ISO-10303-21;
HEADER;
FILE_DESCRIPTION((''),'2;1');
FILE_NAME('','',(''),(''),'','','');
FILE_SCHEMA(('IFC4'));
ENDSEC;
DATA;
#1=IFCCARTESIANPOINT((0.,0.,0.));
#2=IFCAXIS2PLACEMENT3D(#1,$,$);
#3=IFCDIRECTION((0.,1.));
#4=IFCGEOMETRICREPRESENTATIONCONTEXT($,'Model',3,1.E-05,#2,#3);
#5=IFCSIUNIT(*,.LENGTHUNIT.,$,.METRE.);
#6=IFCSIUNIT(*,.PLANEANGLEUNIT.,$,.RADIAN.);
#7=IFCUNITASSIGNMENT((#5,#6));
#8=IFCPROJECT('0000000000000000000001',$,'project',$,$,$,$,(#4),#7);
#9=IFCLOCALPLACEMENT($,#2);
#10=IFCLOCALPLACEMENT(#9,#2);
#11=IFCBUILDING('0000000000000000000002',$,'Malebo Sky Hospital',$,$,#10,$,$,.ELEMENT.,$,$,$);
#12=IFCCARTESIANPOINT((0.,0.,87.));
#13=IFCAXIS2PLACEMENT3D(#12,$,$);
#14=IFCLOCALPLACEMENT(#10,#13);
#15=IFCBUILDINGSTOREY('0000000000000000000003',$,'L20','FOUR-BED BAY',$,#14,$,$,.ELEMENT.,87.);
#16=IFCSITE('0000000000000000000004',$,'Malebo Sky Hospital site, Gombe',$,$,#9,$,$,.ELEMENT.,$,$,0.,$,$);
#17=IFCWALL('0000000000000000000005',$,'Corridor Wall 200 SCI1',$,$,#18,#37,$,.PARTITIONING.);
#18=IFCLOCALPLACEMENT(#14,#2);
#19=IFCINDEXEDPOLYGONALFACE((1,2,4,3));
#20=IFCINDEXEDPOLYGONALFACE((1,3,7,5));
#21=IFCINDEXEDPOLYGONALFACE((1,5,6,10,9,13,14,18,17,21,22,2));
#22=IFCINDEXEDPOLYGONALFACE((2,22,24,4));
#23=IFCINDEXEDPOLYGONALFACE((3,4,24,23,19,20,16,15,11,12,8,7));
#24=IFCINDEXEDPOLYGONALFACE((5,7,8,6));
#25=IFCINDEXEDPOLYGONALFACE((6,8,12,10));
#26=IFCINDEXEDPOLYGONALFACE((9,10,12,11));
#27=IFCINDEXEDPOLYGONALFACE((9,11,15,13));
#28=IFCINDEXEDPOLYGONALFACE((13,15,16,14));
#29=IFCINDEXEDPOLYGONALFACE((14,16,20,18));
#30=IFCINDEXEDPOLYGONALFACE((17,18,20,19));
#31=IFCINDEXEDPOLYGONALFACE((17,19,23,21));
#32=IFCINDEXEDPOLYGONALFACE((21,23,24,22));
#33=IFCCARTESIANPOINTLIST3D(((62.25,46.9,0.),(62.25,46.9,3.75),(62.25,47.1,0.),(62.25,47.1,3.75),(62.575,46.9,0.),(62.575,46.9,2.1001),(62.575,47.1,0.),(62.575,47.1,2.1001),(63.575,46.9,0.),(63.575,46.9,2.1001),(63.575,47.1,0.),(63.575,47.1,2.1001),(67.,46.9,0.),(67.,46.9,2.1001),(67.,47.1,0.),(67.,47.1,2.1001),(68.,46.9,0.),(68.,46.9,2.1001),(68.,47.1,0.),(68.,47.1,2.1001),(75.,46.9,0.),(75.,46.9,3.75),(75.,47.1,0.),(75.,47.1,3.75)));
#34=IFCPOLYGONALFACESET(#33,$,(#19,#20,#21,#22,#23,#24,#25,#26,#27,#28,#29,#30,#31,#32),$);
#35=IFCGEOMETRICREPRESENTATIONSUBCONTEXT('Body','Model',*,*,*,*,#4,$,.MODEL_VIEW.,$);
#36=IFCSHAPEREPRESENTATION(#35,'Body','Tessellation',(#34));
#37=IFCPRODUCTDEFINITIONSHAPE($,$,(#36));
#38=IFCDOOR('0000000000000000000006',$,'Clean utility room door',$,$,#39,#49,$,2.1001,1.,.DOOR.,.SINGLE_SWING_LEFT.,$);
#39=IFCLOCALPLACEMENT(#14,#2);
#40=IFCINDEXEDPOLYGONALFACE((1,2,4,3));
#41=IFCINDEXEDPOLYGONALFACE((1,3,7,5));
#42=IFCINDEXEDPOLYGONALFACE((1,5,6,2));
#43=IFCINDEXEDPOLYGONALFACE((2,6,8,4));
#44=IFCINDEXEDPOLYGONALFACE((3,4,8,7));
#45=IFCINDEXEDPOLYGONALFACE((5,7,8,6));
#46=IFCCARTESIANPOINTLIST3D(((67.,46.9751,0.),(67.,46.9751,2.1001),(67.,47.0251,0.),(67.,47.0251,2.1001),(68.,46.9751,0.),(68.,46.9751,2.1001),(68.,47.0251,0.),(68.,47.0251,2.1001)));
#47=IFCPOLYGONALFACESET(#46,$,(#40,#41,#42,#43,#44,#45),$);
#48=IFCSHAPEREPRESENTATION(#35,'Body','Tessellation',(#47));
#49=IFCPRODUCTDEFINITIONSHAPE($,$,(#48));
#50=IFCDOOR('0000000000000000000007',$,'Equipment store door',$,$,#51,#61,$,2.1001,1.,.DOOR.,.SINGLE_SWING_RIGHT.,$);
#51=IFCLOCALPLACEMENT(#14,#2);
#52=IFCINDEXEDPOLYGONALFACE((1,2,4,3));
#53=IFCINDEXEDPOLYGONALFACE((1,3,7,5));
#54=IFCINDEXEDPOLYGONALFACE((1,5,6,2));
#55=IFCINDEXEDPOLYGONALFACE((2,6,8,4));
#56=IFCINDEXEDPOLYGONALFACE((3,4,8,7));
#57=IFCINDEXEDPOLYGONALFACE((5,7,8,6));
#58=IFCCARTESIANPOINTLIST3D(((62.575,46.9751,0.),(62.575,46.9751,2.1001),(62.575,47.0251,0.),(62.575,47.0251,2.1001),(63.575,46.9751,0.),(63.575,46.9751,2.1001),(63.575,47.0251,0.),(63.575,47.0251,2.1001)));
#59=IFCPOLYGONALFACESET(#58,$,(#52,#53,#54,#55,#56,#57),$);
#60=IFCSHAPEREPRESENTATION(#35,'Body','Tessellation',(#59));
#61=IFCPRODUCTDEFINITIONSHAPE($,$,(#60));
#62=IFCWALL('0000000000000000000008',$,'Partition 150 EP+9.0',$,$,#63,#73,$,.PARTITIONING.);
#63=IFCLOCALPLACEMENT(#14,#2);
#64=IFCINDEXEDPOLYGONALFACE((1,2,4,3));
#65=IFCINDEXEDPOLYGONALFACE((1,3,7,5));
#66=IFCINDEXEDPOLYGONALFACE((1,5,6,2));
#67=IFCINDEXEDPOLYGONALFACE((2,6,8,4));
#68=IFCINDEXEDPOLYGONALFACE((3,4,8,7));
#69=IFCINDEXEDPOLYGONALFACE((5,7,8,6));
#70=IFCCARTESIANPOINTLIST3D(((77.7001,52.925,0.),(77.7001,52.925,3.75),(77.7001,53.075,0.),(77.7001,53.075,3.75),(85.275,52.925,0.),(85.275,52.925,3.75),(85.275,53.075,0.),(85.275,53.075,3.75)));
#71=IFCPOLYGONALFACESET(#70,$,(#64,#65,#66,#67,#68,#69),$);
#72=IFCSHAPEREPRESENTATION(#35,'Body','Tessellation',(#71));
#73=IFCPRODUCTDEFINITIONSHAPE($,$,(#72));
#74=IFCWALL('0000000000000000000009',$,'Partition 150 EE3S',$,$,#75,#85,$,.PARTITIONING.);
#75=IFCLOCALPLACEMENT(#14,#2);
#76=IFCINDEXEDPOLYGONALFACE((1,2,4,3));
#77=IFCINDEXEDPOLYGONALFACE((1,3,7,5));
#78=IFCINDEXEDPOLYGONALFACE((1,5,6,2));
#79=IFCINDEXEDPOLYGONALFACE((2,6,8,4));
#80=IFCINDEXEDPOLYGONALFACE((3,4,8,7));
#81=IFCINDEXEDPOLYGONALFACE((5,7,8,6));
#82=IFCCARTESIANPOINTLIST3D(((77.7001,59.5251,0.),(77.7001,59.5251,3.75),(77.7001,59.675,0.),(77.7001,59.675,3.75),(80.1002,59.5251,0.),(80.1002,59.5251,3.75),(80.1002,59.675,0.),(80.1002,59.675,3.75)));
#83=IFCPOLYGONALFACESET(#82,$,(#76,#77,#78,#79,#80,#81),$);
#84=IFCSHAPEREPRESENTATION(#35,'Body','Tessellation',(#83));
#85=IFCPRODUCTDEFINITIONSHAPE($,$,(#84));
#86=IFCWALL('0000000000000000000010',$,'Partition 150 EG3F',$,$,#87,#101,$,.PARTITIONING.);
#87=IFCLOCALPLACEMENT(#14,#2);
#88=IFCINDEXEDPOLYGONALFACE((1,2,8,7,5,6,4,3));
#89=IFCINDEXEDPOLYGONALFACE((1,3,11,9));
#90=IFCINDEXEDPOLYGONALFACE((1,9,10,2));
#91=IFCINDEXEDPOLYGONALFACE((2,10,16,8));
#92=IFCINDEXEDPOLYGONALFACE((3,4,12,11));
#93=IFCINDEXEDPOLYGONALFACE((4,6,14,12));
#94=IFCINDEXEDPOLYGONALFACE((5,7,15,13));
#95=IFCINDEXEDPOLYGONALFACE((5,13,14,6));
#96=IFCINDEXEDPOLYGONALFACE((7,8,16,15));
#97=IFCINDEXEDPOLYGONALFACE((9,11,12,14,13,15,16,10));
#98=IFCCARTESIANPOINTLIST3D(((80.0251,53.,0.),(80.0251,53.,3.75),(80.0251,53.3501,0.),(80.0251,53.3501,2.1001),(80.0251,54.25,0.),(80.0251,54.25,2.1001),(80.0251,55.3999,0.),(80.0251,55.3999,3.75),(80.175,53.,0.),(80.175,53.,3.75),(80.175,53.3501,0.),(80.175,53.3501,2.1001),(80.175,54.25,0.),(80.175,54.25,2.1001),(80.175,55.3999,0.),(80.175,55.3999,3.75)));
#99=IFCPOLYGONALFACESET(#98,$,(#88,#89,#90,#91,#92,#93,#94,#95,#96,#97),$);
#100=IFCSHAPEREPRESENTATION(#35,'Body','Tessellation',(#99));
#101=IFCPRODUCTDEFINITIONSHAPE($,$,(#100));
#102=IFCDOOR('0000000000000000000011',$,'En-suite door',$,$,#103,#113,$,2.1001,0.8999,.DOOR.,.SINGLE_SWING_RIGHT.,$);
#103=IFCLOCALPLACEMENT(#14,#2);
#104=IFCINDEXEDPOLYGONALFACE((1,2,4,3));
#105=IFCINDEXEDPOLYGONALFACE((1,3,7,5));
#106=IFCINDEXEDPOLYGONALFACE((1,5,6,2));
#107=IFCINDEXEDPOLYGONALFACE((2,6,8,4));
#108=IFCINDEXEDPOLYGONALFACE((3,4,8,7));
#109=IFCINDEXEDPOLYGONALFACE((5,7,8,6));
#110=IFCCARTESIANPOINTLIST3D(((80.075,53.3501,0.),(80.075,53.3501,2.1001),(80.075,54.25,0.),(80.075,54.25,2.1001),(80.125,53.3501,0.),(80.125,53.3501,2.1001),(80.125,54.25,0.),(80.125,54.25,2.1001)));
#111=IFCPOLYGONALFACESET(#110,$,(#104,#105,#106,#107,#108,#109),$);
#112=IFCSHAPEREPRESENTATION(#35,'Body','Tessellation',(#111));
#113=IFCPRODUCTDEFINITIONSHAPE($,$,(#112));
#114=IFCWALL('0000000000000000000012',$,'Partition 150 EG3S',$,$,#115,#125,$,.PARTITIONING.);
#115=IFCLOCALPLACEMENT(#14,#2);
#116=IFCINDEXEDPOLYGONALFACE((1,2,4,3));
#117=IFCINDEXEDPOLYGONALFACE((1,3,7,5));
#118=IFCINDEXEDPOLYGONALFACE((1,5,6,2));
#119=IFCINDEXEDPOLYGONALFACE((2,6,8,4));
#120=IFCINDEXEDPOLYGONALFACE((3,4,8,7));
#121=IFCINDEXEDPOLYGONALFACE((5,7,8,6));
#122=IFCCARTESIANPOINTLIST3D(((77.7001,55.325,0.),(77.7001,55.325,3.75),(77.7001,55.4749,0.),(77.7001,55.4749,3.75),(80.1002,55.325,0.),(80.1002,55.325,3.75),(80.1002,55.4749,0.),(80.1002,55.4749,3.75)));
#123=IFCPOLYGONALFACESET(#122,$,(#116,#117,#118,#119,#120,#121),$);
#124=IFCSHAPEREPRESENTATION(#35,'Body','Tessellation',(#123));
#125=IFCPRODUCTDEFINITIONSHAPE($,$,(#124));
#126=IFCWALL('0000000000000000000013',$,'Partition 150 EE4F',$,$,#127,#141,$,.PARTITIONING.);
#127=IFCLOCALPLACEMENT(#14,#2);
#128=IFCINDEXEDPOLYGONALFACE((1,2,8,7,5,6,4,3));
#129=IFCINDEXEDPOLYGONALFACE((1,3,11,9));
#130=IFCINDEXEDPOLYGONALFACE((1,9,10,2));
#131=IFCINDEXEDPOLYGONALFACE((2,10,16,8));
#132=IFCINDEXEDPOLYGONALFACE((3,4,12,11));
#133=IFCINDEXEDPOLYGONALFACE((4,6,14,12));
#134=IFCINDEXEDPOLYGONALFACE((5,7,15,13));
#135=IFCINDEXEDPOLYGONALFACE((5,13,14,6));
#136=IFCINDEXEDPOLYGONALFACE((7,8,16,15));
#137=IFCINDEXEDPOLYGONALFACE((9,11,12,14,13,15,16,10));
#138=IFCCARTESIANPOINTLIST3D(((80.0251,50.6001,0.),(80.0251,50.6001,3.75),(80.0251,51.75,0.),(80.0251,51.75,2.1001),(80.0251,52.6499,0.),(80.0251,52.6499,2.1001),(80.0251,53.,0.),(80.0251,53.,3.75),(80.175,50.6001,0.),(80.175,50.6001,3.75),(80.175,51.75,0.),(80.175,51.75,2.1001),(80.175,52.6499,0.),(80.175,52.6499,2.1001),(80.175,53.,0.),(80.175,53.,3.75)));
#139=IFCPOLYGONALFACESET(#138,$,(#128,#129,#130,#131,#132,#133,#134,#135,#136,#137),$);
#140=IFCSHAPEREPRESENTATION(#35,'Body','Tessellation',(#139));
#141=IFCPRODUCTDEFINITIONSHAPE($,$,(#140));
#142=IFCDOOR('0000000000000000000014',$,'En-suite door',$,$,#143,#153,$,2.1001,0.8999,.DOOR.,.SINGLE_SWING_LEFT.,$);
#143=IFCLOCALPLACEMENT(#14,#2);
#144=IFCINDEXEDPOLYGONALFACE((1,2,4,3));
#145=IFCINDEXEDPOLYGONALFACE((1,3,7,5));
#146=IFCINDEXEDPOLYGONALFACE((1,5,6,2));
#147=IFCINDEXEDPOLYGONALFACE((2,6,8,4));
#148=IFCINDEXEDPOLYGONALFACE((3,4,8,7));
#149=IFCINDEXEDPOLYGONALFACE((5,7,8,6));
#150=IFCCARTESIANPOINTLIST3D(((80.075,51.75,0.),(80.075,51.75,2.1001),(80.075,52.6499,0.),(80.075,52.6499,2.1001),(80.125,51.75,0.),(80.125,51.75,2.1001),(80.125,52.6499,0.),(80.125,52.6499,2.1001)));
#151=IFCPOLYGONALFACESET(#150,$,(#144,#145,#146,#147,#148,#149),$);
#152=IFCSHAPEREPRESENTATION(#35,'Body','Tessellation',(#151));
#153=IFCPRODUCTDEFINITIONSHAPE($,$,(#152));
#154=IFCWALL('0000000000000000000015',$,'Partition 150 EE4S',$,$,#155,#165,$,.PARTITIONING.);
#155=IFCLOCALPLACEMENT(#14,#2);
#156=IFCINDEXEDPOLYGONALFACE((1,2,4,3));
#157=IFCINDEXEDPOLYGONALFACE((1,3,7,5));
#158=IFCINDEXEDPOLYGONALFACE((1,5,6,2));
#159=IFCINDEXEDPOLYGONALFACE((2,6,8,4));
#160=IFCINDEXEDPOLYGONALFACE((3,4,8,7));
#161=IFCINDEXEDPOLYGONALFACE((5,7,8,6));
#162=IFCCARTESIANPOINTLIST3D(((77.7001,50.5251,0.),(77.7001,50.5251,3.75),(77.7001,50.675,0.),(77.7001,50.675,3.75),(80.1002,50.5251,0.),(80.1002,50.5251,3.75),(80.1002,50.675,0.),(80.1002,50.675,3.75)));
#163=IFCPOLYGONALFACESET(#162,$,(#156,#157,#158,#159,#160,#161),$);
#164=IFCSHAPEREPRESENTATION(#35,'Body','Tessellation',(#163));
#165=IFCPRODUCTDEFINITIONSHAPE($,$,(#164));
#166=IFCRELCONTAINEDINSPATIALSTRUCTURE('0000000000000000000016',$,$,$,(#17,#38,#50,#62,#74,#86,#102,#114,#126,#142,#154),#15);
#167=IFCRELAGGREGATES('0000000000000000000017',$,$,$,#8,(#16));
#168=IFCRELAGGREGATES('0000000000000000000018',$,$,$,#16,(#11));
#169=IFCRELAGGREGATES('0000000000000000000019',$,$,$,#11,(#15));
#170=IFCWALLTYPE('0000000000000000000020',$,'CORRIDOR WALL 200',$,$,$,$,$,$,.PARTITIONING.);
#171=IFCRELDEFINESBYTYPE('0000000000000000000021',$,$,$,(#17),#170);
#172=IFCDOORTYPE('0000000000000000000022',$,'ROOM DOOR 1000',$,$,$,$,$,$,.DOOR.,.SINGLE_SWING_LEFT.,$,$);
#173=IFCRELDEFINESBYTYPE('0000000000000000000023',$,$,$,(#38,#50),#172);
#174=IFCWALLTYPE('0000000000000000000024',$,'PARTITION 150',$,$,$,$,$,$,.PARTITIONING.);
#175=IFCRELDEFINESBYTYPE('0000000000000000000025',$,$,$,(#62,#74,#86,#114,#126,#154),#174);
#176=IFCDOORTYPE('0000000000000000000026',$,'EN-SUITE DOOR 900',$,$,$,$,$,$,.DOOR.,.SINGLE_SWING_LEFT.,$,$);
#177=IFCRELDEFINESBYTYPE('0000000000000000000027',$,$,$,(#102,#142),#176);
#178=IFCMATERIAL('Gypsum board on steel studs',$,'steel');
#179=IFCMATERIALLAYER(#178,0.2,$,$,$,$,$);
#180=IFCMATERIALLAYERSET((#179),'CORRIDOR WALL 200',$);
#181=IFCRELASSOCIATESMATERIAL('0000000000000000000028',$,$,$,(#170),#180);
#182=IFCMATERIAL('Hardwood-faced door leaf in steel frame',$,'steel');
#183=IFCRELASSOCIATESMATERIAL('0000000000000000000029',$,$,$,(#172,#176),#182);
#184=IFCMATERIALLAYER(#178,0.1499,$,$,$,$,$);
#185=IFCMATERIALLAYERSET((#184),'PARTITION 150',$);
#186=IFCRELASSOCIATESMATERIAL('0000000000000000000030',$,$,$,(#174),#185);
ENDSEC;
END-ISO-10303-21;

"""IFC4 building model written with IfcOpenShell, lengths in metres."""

from ifc_helpers import new_model, si_unit, direction, frame, frame_2d, origin, place, context, subcontext, project, spatial, rectangle, extrude, material, layer, layer_set, type_object, element, fill, save


model = new_model("IFC4")

# Units and contexts
model_context = context("Model", 3, precision=1e-05, world=origin(), true_north=direction((0.0, 1.0)))
body_context = subcontext(model_context, "Body", "Model", "MODEL_VIEW")
ifc_project = project(units=[si_unit("LENGTHUNIT", "METRE"), si_unit("PLANEANGLEUNIT", "RADIAN")], contexts=[model_context])

# Site, building, storey
site_placement = place(None, origin())
site = spatial("IfcSite", under=ifc_project, at=site_placement, Name="Malebo Sky Hospital site, Gombe", CompositionType="ELEMENT", RefElevation=0.0)
building_placement = place(site_placement, origin())
building = spatial("IfcBuilding", under=site, at=building_placement, Name="Malebo Sky Hospital", CompositionType="ELEMENT")
storey_placement = place(building_placement, frame((0.0, 0.0, 87.0)))
storey = spatial("IfcBuildingStorey", under=building, at=storey_placement, Name="L20", Description="FOUR-BED BAY", CompositionType="ELEMENT", Elevation=87.0)

# Wall, openings, doors
ifc_material_1 = material(Name="Gypsum board on steel studs", Category="steel")
ifc_layer_1 = layer(ifc_material_1, 0.2)
ifc_layer_set_1 = layer_set([ifc_layer_1], Name="CORRIDOR WALL 200")
wall_type_1 = type_object("IfcWallType", Name="CORRIDOR WALL 200", PredefinedType="PARTITIONING", material=ifc_layer_set_1)
wall_1_placement = place(storey_placement, frame((75.0, 47.0, 0.0), z_axis=(0.0, 0.0, 1.0), x_axis=(-1.0, 0.0, 0.0)))
wall_1 = element("IfcWall", 1, at=wall_1_placement, inside=storey, type_object=wall_type_1, Name="Corridor Wall 200 SCI1", PredefinedType="PARTITIONING", context=body_context, shape_type="SweptSolid", body=[
    extrude(rectangle(XDim=12.75, YDim=0.2, at=frame_2d((6.375, 0.0))), origin(), (0.0, 0.0, 1.0), 3.75),
])
opening_1_placement = place(wall_1_placement, frame((7.0, 0.0, 0.0)))
opening_1 = element("IfcOpeningElement", 2, at=opening_1_placement, cuts=wall_1, PredefinedType="OPENING", context=body_context, shape_type="SweptSolid", body=[
    extrude(rectangle(XDim=1.0, YDim=2.1001, at=frame_2d((0.5, 1.05))), frame((0.0, 0.1099, 0.0), z_axis=(0.0, -1.0, 0.0), x_axis=(1.0, 0.0, 0.0)), (0.0, 0.0, 1.0), 0.22),
])
opening_2_placement = place(wall_1_placement, frame((11.425, 0.0, 0.0)))
opening_2 = element("IfcOpeningElement", 3, at=opening_2_placement, cuts=wall_1, PredefinedType="OPENING", context=body_context, shape_type="SweptSolid", body=[
    extrude(rectangle(XDim=1.0, YDim=2.1001, at=frame_2d((0.5, 1.05))), frame((0.0, 0.1099, 0.0), z_axis=(0.0, -1.0, 0.0), x_axis=(1.0, 0.0, 0.0)), (0.0, 0.0, 1.0), 0.22),
])
ifc_material_2 = material(Name="Hardwood-faced door leaf in steel frame", Category="steel")
door_type_1 = type_object("IfcDoorType", Name="ROOM DOOR 1000", OperationType="SINGLE_SWING_LEFT", PredefinedType="DOOR", material=ifc_material_2)
door_1_placement = place(opening_1_placement, origin())
door_1 = element("IfcDoor", 4, at=door_1_placement, inside=storey, type_object=door_type_1, Name="Clean utility room door", OperationType="SINGLE_SWING_LEFT", OverallHeight=2.1001, OverallWidth=1.0, PredefinedType="DOOR", context=body_context, shape_type="SweptSolid", body=[
    extrude(rectangle(XDim=1.0, YDim=2.1001, at=frame_2d((0.5, 1.05))), frame((0.0, 0.0249, 0.0), z_axis=(0.0, -1.0, 0.0), x_axis=(1.0, 0.0, 0.0)), (0.0, 0.0, 1.0), 0.05),
])
fill(opening_1, door_1)
door_2_placement = place(opening_2_placement, origin())
door_2 = element("IfcDoor", 5, at=door_2_placement, inside=storey, type_object=door_type_1, Name="Equipment store door", OperationType="SINGLE_SWING_RIGHT", OverallHeight=2.1001, OverallWidth=1.0, PredefinedType="DOOR", context=body_context, shape_type="SweptSolid", body=[
    extrude(rectangle(XDim=1.0, YDim=2.1001, at=frame_2d((0.5, 1.05))), frame((0.0, 0.0249, 0.0), z_axis=(0.0, -1.0, 0.0), x_axis=(1.0, 0.0, 0.0)), (0.0, 0.0, 1.0), 0.05),
])
fill(opening_2, door_2)

# Walls
ifc_layer_2 = layer(ifc_material_1, 0.1499)
ifc_layer_set_2 = layer_set([ifc_layer_2], Name="PARTITION 150")
wall_type_2 = type_object("IfcWallType", Name="PARTITION 150", PredefinedType="PARTITIONING", material=ifc_layer_set_2)
wall_2_placement = place(storey_placement, frame((77.7, 53.0, 0.0), z_axis=(0.0, 0.0, 1.0), x_axis=(1.0, 0.0, 0.0)))
element("IfcWall", 6, at=wall_2_placement, inside=storey, type_object=wall_type_2, Name="Partition 150 EP+9.0", PredefinedType="PARTITIONING", context=body_context, shape_type="SweptSolid", body=[
    extrude(rectangle(XDim=7.575, YDim=0.1499, at=frame_2d((3.7876, 0.0))), origin(), (0.0, 0.0, 1.0), 3.75),
])
wall_3_placement = place(storey_placement, frame((77.7, 59.6001, 0.0), z_axis=(0.0, 0.0, 1.0), x_axis=(1.0, 0.0, 0.0)))
element("IfcWall", 7, at=wall_3_placement, inside=storey, type_object=wall_type_2, Name="Partition 150 EE3S", PredefinedType="PARTITIONING", context=body_context, shape_type="SweptSolid", body=[
    extrude(rectangle(XDim=2.4001, YDim=0.1499, at=frame_2d((1.2002, 0.0))), origin(), (0.0, 0.0, 1.0), 3.75),
])

# Wall, opening, door
wall_4_placement = place(storey_placement, frame((80.1001, 55.3999, 0.0), z_axis=(0.0, 0.0, 1.0), x_axis=(0.0, -1.0, 0.0)))
wall_4 = element("IfcWall", 8, at=wall_4_placement, inside=storey, type_object=wall_type_2, Name="Partition 150 EG3F", PredefinedType="PARTITIONING", context=body_context, shape_type="SweptSolid", body=[
    extrude(rectangle(XDim=2.3999, YDim=0.1499, at=frame_2d((1.2, 0.0))), origin(), (0.0, 0.0, 1.0), 3.75),
])
opening_3_placement = place(wall_4_placement, frame((1.1499, 0.0, 0.0)))
opening_3 = element("IfcOpeningElement", 9, at=opening_3_placement, cuts=wall_4, PredefinedType="OPENING", context=body_context, shape_type="SweptSolid", body=[
    extrude(rectangle(XDim=0.8999, YDim=2.1001, at=frame_2d((0.45, 1.05))), frame((0.0, 0.085, 0.0), z_axis=(0.0, -1.0, 0.0), x_axis=(1.0, 0.0, 0.0)), (0.0, 0.0, 1.0), 0.1699),
])
door_type_2 = type_object("IfcDoorType", Name="EN-SUITE DOOR 900", OperationType="SINGLE_SWING_LEFT", PredefinedType="DOOR", material=ifc_material_2)
door_3_placement = place(opening_3_placement, origin())
door_3 = element("IfcDoor", 10, at=door_3_placement, inside=storey, type_object=door_type_2, Name="En-suite door", OperationType="SINGLE_SWING_RIGHT", OverallHeight=2.1001, OverallWidth=0.8999, PredefinedType="DOOR", context=body_context, shape_type="SweptSolid", body=[
    extrude(rectangle(XDim=0.8999, YDim=2.1001, at=frame_2d((0.45, 1.05))), frame((0.0, 0.0249, 0.0), z_axis=(0.0, -1.0, 0.0), x_axis=(1.0, 0.0, 0.0)), (0.0, 0.0, 1.0), 0.05),
])
fill(opening_3, door_3)

# Wall
wall_5_placement = place(storey_placement, frame((77.7, 55.3999, 0.0), z_axis=(0.0, 0.0, 1.0), x_axis=(1.0, 0.0, 0.0)))
element("IfcWall", 11, at=wall_5_placement, inside=storey, type_object=wall_type_2, Name="Partition 150 EG3S", PredefinedType="PARTITIONING", context=body_context, shape_type="SweptSolid", body=[
    extrude(rectangle(XDim=2.4001, YDim=0.1499, at=frame_2d((1.2002, 0.0))), origin(), (0.0, 0.0, 1.0), 3.75),
])

# Wall, opening, door
wall_6_placement = place(storey_placement, frame((80.1001, 53.0, 0.0), z_axis=(0.0, 0.0, 1.0), x_axis=(0.0, -1.0, 0.0)))
wall_6 = element("IfcWall", 12, at=wall_6_placement, inside=storey, type_object=wall_type_2, Name="Partition 150 EE4F", PredefinedType="PARTITIONING", context=body_context, shape_type="SweptSolid", body=[
    extrude(rectangle(XDim=2.3999, YDim=0.1499, at=frame_2d((1.2, 0.0))), origin(), (0.0, 0.0, 1.0), 3.75),
])
opening_4_placement = place(wall_6_placement, frame((0.3501, 0.0, 0.0)))
opening_4 = element("IfcOpeningElement", 13, at=opening_4_placement, cuts=wall_6, PredefinedType="OPENING", context=body_context, shape_type="SweptSolid", body=[
    extrude(rectangle(XDim=0.8999, YDim=2.1001, at=frame_2d((0.45, 1.05))), frame((0.0, 0.085, 0.0), z_axis=(0.0, -1.0, 0.0), x_axis=(1.0, 0.0, 0.0)), (0.0, 0.0, 1.0), 0.1699),
])
door_4_placement = place(opening_4_placement, origin())
door_4 = element("IfcDoor", 14, at=door_4_placement, inside=storey, type_object=door_type_2, Name="En-suite door", OperationType="SINGLE_SWING_LEFT", OverallHeight=2.1001, OverallWidth=0.8999, PredefinedType="DOOR", context=body_context, shape_type="SweptSolid", body=[
    extrude(rectangle(XDim=0.8999, YDim=2.1001, at=frame_2d((0.45, 1.05))), frame((0.0, 0.0249, 0.0), z_axis=(0.0, -1.0, 0.0), x_axis=(1.0, 0.0, 0.0)), (0.0, 0.0, 1.0), 0.05),
])
fill(opening_4, door_4)

# Wall
wall_7_placement = place(storey_placement, frame((77.7, 50.6001, 0.0), z_axis=(0.0, 0.0, 1.0), x_axis=(1.0, 0.0, 0.0)))
element("IfcWall", 15, at=wall_7_placement, inside=storey, type_object=wall_type_2, Name="Partition 150 EE4S", PredefinedType="PARTITIONING", context=body_context, shape_type="SweptSolid", body=[
    extrude(rectangle(XDim=2.4001, YDim=0.1499, at=frame_2d((1.2002, 0.0))), origin(), (0.0, 0.0, 1.0), 3.75),
])

save(model, "model.ifc")
